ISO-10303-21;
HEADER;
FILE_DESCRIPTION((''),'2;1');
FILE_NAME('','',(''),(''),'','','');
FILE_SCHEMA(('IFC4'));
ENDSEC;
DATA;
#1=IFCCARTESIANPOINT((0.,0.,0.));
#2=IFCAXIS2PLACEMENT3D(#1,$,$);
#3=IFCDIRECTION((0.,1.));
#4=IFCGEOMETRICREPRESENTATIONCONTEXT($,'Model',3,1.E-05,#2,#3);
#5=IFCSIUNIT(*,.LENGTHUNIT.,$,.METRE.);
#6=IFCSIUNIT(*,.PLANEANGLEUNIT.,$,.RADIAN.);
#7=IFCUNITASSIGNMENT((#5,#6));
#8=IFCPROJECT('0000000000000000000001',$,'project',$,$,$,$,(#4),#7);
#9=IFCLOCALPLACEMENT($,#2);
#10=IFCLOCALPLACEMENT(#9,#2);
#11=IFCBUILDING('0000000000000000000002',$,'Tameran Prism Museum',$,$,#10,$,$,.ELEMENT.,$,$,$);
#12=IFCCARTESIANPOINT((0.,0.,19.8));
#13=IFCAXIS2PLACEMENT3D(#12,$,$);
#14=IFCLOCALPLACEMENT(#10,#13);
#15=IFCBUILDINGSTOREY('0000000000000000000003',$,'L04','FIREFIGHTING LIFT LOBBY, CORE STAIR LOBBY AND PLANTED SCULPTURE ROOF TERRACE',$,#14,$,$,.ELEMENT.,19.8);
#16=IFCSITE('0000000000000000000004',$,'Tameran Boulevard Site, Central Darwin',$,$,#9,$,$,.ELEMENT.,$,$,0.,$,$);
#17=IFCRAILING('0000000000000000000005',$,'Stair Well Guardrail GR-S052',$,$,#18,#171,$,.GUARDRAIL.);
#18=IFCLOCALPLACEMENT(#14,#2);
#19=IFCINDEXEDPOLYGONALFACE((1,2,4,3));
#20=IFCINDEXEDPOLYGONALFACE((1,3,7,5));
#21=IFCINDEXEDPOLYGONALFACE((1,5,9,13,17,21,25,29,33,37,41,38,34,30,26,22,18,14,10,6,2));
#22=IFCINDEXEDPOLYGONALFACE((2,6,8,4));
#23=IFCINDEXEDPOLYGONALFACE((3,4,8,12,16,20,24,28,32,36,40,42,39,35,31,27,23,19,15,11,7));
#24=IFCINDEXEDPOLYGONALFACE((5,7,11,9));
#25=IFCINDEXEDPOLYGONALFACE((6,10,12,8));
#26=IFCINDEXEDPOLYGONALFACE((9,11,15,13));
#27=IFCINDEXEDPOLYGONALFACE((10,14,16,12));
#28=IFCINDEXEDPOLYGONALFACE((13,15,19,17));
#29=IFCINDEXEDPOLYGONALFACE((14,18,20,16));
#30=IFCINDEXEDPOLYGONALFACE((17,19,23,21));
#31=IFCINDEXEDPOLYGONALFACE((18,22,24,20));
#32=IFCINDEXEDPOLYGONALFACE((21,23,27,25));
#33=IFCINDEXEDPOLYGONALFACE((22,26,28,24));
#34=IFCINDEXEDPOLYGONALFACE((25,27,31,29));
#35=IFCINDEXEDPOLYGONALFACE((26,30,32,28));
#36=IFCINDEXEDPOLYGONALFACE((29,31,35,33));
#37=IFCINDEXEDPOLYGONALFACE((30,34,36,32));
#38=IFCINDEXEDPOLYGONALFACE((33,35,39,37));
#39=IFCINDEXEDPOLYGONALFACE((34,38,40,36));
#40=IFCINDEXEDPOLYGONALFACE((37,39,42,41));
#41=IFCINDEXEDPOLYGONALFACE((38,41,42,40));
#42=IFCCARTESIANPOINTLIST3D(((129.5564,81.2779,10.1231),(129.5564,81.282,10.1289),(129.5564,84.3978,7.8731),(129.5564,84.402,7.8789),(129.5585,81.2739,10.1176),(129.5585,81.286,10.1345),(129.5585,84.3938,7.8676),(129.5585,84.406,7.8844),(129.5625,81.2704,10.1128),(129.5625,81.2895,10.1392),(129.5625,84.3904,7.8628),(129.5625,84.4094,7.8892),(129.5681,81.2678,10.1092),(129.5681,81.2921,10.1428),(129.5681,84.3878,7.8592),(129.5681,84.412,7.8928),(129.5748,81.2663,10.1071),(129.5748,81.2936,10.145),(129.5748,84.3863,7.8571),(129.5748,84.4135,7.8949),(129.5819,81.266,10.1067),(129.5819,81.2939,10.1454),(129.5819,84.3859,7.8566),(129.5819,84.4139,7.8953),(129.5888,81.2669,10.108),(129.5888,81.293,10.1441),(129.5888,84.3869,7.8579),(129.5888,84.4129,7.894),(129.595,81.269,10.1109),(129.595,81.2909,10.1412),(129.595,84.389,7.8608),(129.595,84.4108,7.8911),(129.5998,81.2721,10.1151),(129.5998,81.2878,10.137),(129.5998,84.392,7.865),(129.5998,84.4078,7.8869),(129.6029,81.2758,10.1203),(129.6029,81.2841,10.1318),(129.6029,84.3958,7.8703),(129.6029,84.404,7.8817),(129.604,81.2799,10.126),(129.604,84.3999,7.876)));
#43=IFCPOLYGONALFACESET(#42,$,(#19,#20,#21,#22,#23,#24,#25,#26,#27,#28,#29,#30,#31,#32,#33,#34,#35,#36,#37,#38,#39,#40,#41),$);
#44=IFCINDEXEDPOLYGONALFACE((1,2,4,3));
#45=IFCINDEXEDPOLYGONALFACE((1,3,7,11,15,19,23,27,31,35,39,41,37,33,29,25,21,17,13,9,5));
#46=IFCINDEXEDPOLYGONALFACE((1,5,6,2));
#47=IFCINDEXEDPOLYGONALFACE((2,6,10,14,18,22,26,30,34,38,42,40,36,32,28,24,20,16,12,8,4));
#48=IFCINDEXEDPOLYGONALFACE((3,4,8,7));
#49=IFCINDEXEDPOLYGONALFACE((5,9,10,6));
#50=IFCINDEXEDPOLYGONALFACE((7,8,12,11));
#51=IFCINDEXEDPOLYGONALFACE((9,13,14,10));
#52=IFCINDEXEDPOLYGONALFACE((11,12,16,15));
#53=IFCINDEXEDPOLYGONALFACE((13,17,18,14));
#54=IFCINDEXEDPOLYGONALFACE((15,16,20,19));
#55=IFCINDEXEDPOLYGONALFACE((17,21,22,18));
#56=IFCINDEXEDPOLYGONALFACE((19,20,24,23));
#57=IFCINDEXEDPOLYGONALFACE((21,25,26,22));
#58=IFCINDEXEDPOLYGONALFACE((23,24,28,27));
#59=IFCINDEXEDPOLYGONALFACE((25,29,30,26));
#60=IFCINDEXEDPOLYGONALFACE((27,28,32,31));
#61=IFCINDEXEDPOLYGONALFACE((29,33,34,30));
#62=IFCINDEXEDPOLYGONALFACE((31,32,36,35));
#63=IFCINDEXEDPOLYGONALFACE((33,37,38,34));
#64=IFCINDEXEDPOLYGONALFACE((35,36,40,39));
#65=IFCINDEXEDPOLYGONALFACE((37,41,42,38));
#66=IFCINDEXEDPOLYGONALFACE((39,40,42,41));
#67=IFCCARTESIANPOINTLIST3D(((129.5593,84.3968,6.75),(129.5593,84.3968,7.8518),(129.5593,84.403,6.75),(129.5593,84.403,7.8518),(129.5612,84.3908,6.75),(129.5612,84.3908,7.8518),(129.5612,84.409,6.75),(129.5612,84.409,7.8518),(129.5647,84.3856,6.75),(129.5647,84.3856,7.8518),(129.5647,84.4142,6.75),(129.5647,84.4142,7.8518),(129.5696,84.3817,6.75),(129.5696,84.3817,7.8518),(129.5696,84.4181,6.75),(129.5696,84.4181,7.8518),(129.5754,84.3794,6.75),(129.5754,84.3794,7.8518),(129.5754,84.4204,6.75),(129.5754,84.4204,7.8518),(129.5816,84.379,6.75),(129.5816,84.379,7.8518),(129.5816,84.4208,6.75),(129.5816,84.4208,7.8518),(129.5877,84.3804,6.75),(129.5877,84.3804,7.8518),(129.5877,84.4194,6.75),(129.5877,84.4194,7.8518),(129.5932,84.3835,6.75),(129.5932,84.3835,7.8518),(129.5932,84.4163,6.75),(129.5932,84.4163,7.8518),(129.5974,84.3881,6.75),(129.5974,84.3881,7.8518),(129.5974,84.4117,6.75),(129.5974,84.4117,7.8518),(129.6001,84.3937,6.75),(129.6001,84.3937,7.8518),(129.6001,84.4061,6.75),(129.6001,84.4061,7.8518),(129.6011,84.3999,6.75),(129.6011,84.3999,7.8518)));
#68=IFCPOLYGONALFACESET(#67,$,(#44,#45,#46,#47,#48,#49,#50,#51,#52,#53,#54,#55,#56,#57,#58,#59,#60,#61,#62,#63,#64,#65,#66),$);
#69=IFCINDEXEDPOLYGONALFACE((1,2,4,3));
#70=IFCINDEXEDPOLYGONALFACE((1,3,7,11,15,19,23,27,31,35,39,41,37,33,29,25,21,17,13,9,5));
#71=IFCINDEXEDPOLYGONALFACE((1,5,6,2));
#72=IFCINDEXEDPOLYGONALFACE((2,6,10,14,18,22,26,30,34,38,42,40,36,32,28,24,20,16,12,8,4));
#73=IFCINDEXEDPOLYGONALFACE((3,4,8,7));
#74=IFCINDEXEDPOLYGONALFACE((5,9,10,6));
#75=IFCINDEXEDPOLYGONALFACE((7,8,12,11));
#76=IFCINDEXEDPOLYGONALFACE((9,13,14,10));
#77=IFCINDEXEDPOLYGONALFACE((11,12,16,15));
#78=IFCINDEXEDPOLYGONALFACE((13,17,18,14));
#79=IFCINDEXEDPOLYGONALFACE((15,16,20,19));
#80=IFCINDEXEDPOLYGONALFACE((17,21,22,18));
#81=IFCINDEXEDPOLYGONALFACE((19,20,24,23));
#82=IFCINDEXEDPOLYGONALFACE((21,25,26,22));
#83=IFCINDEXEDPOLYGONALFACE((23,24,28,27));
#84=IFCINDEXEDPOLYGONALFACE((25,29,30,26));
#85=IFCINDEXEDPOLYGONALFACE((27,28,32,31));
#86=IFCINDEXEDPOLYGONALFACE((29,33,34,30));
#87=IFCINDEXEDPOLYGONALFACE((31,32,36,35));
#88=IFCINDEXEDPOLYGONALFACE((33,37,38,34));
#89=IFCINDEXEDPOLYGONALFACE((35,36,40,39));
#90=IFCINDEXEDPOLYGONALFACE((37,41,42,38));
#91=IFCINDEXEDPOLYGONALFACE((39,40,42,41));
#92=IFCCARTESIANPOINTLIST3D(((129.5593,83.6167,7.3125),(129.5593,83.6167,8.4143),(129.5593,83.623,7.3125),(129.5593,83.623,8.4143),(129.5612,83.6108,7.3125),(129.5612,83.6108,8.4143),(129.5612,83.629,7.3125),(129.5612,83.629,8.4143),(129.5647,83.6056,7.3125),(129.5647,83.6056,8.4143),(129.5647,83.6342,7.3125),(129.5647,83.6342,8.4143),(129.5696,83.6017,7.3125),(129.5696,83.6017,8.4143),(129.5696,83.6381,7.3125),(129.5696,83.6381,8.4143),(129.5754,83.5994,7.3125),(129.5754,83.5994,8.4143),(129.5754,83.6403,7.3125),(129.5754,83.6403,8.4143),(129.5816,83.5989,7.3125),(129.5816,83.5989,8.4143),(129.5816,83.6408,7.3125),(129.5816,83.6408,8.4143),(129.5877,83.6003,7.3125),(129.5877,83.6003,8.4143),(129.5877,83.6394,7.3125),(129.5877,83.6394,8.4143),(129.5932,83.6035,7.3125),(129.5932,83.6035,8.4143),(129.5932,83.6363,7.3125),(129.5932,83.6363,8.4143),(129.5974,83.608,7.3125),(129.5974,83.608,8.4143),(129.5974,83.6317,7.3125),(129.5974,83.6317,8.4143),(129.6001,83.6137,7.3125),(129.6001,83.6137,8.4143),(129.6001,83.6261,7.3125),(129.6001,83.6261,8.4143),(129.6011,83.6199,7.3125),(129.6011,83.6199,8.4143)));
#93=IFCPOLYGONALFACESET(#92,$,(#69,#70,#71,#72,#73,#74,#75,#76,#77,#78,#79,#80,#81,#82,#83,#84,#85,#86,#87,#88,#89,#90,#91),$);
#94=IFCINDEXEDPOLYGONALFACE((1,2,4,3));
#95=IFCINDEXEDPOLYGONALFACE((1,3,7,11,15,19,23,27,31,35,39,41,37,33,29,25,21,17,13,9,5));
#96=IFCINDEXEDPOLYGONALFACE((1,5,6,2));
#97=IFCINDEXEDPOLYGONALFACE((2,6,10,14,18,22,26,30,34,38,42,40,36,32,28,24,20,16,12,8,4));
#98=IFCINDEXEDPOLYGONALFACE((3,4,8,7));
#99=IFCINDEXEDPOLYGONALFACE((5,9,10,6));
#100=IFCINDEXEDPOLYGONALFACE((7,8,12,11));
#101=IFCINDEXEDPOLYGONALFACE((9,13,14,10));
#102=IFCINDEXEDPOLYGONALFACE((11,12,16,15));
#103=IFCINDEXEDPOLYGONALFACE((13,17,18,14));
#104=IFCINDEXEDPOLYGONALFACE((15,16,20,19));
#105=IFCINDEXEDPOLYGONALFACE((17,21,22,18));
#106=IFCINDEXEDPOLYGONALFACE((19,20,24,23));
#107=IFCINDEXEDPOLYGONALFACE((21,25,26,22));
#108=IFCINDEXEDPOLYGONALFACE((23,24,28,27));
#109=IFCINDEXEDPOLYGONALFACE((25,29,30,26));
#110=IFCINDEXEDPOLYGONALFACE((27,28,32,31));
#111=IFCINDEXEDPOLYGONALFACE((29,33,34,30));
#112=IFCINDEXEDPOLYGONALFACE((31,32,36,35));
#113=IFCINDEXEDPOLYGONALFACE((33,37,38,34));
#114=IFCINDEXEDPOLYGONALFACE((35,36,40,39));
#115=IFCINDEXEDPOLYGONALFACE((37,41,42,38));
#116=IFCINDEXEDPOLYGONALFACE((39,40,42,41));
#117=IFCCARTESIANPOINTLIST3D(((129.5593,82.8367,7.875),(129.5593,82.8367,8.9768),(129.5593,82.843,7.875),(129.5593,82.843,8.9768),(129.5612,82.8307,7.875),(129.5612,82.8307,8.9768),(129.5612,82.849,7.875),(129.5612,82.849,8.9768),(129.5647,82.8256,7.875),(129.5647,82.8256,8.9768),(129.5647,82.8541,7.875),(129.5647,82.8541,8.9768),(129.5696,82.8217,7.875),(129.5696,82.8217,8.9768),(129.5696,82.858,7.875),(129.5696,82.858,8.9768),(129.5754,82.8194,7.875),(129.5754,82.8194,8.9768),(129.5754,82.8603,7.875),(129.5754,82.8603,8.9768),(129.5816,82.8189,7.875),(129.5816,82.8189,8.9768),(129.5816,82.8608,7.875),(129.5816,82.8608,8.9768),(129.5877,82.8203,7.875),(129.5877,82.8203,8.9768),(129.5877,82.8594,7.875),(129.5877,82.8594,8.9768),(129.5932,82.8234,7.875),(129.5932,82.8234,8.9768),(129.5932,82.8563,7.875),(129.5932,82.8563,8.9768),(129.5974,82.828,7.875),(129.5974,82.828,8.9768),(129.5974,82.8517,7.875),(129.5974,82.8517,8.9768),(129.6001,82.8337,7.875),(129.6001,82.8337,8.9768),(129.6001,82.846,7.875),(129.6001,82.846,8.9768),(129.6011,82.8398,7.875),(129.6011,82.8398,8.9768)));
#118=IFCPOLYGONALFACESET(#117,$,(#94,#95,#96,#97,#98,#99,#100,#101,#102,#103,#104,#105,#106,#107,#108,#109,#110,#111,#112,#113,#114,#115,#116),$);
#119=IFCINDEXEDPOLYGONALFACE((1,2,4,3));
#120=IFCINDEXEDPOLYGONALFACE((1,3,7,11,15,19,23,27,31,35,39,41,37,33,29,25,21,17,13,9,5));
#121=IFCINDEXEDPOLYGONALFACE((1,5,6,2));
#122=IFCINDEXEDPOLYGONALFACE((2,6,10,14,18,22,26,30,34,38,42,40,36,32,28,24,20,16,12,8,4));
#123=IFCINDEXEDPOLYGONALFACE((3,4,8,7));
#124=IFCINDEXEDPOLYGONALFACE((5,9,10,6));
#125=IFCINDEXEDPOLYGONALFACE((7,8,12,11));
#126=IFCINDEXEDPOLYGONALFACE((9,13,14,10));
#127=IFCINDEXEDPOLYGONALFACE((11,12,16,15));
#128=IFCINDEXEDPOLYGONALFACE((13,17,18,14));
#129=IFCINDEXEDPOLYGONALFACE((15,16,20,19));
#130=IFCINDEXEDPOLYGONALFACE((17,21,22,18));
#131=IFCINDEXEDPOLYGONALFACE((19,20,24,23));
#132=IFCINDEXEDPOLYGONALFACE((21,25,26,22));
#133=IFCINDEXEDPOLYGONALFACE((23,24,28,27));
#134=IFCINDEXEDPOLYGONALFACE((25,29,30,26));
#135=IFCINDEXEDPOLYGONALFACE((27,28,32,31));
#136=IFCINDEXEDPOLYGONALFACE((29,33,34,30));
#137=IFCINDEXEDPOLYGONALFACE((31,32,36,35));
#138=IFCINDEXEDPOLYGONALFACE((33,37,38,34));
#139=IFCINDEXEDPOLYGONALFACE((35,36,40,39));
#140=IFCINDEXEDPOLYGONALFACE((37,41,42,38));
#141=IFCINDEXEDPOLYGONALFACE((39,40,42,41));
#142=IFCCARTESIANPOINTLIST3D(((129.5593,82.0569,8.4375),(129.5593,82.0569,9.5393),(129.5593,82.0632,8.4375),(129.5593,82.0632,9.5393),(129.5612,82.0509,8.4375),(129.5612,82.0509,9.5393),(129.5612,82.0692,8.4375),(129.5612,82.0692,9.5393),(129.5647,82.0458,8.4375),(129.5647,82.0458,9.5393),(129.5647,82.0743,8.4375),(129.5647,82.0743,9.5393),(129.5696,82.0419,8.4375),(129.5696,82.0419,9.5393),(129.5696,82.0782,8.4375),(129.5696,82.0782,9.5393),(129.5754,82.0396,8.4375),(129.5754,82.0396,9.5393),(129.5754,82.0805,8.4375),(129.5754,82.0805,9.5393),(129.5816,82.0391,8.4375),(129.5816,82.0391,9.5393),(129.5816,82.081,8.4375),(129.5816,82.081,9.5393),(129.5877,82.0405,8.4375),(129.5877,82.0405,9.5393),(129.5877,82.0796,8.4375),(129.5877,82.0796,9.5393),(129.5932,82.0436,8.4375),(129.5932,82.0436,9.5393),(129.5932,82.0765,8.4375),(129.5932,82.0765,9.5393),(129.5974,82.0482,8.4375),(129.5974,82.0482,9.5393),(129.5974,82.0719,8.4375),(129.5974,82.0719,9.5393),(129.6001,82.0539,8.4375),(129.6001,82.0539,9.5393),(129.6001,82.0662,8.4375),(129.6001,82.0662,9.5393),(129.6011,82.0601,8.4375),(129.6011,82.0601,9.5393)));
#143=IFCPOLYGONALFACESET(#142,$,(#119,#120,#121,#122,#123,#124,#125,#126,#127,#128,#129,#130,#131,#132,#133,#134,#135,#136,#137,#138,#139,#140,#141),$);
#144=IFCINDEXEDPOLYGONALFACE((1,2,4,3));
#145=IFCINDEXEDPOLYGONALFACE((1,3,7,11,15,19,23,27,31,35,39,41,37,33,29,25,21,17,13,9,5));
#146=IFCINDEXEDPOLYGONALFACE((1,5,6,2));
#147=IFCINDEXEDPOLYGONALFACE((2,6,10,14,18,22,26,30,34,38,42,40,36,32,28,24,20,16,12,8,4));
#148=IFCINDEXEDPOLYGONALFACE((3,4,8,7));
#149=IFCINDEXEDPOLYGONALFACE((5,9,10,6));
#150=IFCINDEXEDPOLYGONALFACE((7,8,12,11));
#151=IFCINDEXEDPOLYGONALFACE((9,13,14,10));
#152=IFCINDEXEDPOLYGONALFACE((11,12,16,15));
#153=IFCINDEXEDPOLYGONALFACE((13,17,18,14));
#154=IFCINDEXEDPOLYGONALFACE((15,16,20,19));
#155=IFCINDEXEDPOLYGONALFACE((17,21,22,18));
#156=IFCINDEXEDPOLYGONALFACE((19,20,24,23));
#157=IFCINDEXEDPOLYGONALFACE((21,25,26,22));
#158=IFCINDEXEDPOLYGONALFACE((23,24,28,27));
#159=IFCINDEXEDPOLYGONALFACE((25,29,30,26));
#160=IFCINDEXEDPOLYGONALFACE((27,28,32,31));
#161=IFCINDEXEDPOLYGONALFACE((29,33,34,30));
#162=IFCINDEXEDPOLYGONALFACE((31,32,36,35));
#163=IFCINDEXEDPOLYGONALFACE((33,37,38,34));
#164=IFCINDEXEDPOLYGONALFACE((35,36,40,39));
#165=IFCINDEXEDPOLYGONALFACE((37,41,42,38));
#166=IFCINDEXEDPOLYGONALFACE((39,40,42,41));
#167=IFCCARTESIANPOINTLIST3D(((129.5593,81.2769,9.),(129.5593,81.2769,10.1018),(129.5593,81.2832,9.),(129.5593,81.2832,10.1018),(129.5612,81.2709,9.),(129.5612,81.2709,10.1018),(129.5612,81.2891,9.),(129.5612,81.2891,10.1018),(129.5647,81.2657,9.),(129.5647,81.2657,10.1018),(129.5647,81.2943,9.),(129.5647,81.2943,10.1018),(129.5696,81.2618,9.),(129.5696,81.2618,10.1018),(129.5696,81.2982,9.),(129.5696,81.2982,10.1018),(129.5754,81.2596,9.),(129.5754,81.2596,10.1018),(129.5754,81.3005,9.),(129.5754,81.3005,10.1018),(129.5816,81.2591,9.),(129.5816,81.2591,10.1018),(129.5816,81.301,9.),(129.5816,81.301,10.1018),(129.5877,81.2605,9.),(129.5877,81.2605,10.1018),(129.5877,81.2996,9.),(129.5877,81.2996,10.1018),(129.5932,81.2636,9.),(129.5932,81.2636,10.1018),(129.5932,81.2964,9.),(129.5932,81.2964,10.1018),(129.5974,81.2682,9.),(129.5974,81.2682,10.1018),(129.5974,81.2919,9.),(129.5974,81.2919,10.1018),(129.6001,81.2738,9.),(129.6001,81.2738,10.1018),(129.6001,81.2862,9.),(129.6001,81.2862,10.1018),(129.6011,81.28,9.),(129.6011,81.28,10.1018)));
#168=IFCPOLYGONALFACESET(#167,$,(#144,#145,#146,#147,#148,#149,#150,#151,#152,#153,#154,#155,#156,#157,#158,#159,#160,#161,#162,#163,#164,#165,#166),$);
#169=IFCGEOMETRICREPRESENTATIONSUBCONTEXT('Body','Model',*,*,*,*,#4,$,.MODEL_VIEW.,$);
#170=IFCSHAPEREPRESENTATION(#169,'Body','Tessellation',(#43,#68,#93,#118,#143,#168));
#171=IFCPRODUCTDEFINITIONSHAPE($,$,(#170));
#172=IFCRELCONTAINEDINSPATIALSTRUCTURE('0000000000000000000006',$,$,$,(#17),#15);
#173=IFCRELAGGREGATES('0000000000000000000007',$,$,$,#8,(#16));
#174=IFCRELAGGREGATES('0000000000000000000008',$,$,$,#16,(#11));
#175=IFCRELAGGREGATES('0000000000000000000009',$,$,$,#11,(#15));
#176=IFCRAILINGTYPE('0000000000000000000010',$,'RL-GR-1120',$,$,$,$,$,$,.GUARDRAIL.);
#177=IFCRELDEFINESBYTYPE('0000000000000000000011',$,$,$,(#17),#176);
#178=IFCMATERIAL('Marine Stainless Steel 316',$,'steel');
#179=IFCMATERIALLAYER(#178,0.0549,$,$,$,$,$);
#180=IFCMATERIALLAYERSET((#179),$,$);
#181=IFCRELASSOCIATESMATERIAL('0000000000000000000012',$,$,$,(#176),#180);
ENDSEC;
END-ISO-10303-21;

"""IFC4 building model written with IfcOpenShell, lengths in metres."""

from ifc_helpers import new_model, si_unit, direction, frame, origin, origin_2d, place, context, subcontext, project, spatial, circle, extrude, material, layer, layer_set, type_object, element, save


model = new_model("IFC4")

# Units and contexts
model_context = context("Model", 3, precision=1e-05, world=origin(), true_north=direction((0.0, 1.0)))
body_context = subcontext(model_context, "Body", "Model", "MODEL_VIEW")
ifc_project = project(units=[si_unit("LENGTHUNIT", "METRE"), si_unit("PLANEANGLEUNIT", "RADIAN")], contexts=[model_context])

# Site, building, storey
site_placement = place(None, origin())
site = spatial("IfcSite", under=ifc_project, at=site_placement, Name="Tameran Boulevard Site, Central Darwin", CompositionType="ELEMENT", RefElevation=0.0)
building_placement = place(site_placement, origin())
building = spatial("IfcBuilding", under=site, at=building_placement, Name="Tameran Prism Museum", CompositionType="ELEMENT")
storey_placement = place(building_placement, frame((0.0, 0.0, 19.8)))
storey = spatial("IfcBuildingStorey", under=building, at=storey_placement, Name="L04", Description="FIREFIGHTING LIFT LOBBY, CORE STAIR LOBBY AND PLANTED SCULPTURE ROOF TERRACE", CompositionType="ELEMENT", Elevation=19.8)

# Railing
ifc_material_1 = material(Name="Marine Stainless Steel 316", Category="steel")
ifc_layer_1 = layer(ifc_material_1, 0.0549)
ifc_layer_set_1 = layer_set([ifc_layer_1])
railing_type_1 = type_object("IfcRailingType", Name="RL-GR-1120", PredefinedType="GUARDRAIL", material=ifc_layer_set_1)
for number, where, name in (
    (1, (129.5801, 84.3999, 6.75), "Stair Well Guardrail GR-S052"),
):
    element("IfcRailing", number, at=place(storey_placement, frame(where)), inside=storey, type_object=railing_type_1, Name=name, PredefinedType="GUARDRAIL", context=body_context, shape_type="SweptSolid", body=[
        extrude(circle(Radius=0.0239, at=origin_2d()), frame((0.0, 0.0, 1.126), z_axis=(0.0, -0.811079, 0.584937), x_axis=(1.0, 0.0, 0.0)), (0.0, 0.0, 1.0), 3.8467),
        extrude(circle(Radius=0.021, at=origin_2d()), origin(), (0.0, 0.0, 1.0), 1.1018),
        extrude(circle(Radius=0.021, at=origin_2d()), frame((0.0, -0.78, 0.5625)), (0.0, 0.0, 1.0), 1.1018),
        extrude(circle(Radius=0.021, at=origin_2d()), frame((0.0, -1.5601, 1.125)), (0.0, 0.0, 1.0), 1.1018),
        extrude(circle(Radius=0.021, at=origin_2d()), frame((0.0, -2.3398, 1.6875)), (0.0, 0.0, 1.0), 1.1018),
        extrude(circle(Radius=0.021, at=origin_2d()), frame((0.0, -3.1199, 2.25)), (0.0, 0.0, 1.0), 1.1018),
    ])

save(model, "model.ifc")
